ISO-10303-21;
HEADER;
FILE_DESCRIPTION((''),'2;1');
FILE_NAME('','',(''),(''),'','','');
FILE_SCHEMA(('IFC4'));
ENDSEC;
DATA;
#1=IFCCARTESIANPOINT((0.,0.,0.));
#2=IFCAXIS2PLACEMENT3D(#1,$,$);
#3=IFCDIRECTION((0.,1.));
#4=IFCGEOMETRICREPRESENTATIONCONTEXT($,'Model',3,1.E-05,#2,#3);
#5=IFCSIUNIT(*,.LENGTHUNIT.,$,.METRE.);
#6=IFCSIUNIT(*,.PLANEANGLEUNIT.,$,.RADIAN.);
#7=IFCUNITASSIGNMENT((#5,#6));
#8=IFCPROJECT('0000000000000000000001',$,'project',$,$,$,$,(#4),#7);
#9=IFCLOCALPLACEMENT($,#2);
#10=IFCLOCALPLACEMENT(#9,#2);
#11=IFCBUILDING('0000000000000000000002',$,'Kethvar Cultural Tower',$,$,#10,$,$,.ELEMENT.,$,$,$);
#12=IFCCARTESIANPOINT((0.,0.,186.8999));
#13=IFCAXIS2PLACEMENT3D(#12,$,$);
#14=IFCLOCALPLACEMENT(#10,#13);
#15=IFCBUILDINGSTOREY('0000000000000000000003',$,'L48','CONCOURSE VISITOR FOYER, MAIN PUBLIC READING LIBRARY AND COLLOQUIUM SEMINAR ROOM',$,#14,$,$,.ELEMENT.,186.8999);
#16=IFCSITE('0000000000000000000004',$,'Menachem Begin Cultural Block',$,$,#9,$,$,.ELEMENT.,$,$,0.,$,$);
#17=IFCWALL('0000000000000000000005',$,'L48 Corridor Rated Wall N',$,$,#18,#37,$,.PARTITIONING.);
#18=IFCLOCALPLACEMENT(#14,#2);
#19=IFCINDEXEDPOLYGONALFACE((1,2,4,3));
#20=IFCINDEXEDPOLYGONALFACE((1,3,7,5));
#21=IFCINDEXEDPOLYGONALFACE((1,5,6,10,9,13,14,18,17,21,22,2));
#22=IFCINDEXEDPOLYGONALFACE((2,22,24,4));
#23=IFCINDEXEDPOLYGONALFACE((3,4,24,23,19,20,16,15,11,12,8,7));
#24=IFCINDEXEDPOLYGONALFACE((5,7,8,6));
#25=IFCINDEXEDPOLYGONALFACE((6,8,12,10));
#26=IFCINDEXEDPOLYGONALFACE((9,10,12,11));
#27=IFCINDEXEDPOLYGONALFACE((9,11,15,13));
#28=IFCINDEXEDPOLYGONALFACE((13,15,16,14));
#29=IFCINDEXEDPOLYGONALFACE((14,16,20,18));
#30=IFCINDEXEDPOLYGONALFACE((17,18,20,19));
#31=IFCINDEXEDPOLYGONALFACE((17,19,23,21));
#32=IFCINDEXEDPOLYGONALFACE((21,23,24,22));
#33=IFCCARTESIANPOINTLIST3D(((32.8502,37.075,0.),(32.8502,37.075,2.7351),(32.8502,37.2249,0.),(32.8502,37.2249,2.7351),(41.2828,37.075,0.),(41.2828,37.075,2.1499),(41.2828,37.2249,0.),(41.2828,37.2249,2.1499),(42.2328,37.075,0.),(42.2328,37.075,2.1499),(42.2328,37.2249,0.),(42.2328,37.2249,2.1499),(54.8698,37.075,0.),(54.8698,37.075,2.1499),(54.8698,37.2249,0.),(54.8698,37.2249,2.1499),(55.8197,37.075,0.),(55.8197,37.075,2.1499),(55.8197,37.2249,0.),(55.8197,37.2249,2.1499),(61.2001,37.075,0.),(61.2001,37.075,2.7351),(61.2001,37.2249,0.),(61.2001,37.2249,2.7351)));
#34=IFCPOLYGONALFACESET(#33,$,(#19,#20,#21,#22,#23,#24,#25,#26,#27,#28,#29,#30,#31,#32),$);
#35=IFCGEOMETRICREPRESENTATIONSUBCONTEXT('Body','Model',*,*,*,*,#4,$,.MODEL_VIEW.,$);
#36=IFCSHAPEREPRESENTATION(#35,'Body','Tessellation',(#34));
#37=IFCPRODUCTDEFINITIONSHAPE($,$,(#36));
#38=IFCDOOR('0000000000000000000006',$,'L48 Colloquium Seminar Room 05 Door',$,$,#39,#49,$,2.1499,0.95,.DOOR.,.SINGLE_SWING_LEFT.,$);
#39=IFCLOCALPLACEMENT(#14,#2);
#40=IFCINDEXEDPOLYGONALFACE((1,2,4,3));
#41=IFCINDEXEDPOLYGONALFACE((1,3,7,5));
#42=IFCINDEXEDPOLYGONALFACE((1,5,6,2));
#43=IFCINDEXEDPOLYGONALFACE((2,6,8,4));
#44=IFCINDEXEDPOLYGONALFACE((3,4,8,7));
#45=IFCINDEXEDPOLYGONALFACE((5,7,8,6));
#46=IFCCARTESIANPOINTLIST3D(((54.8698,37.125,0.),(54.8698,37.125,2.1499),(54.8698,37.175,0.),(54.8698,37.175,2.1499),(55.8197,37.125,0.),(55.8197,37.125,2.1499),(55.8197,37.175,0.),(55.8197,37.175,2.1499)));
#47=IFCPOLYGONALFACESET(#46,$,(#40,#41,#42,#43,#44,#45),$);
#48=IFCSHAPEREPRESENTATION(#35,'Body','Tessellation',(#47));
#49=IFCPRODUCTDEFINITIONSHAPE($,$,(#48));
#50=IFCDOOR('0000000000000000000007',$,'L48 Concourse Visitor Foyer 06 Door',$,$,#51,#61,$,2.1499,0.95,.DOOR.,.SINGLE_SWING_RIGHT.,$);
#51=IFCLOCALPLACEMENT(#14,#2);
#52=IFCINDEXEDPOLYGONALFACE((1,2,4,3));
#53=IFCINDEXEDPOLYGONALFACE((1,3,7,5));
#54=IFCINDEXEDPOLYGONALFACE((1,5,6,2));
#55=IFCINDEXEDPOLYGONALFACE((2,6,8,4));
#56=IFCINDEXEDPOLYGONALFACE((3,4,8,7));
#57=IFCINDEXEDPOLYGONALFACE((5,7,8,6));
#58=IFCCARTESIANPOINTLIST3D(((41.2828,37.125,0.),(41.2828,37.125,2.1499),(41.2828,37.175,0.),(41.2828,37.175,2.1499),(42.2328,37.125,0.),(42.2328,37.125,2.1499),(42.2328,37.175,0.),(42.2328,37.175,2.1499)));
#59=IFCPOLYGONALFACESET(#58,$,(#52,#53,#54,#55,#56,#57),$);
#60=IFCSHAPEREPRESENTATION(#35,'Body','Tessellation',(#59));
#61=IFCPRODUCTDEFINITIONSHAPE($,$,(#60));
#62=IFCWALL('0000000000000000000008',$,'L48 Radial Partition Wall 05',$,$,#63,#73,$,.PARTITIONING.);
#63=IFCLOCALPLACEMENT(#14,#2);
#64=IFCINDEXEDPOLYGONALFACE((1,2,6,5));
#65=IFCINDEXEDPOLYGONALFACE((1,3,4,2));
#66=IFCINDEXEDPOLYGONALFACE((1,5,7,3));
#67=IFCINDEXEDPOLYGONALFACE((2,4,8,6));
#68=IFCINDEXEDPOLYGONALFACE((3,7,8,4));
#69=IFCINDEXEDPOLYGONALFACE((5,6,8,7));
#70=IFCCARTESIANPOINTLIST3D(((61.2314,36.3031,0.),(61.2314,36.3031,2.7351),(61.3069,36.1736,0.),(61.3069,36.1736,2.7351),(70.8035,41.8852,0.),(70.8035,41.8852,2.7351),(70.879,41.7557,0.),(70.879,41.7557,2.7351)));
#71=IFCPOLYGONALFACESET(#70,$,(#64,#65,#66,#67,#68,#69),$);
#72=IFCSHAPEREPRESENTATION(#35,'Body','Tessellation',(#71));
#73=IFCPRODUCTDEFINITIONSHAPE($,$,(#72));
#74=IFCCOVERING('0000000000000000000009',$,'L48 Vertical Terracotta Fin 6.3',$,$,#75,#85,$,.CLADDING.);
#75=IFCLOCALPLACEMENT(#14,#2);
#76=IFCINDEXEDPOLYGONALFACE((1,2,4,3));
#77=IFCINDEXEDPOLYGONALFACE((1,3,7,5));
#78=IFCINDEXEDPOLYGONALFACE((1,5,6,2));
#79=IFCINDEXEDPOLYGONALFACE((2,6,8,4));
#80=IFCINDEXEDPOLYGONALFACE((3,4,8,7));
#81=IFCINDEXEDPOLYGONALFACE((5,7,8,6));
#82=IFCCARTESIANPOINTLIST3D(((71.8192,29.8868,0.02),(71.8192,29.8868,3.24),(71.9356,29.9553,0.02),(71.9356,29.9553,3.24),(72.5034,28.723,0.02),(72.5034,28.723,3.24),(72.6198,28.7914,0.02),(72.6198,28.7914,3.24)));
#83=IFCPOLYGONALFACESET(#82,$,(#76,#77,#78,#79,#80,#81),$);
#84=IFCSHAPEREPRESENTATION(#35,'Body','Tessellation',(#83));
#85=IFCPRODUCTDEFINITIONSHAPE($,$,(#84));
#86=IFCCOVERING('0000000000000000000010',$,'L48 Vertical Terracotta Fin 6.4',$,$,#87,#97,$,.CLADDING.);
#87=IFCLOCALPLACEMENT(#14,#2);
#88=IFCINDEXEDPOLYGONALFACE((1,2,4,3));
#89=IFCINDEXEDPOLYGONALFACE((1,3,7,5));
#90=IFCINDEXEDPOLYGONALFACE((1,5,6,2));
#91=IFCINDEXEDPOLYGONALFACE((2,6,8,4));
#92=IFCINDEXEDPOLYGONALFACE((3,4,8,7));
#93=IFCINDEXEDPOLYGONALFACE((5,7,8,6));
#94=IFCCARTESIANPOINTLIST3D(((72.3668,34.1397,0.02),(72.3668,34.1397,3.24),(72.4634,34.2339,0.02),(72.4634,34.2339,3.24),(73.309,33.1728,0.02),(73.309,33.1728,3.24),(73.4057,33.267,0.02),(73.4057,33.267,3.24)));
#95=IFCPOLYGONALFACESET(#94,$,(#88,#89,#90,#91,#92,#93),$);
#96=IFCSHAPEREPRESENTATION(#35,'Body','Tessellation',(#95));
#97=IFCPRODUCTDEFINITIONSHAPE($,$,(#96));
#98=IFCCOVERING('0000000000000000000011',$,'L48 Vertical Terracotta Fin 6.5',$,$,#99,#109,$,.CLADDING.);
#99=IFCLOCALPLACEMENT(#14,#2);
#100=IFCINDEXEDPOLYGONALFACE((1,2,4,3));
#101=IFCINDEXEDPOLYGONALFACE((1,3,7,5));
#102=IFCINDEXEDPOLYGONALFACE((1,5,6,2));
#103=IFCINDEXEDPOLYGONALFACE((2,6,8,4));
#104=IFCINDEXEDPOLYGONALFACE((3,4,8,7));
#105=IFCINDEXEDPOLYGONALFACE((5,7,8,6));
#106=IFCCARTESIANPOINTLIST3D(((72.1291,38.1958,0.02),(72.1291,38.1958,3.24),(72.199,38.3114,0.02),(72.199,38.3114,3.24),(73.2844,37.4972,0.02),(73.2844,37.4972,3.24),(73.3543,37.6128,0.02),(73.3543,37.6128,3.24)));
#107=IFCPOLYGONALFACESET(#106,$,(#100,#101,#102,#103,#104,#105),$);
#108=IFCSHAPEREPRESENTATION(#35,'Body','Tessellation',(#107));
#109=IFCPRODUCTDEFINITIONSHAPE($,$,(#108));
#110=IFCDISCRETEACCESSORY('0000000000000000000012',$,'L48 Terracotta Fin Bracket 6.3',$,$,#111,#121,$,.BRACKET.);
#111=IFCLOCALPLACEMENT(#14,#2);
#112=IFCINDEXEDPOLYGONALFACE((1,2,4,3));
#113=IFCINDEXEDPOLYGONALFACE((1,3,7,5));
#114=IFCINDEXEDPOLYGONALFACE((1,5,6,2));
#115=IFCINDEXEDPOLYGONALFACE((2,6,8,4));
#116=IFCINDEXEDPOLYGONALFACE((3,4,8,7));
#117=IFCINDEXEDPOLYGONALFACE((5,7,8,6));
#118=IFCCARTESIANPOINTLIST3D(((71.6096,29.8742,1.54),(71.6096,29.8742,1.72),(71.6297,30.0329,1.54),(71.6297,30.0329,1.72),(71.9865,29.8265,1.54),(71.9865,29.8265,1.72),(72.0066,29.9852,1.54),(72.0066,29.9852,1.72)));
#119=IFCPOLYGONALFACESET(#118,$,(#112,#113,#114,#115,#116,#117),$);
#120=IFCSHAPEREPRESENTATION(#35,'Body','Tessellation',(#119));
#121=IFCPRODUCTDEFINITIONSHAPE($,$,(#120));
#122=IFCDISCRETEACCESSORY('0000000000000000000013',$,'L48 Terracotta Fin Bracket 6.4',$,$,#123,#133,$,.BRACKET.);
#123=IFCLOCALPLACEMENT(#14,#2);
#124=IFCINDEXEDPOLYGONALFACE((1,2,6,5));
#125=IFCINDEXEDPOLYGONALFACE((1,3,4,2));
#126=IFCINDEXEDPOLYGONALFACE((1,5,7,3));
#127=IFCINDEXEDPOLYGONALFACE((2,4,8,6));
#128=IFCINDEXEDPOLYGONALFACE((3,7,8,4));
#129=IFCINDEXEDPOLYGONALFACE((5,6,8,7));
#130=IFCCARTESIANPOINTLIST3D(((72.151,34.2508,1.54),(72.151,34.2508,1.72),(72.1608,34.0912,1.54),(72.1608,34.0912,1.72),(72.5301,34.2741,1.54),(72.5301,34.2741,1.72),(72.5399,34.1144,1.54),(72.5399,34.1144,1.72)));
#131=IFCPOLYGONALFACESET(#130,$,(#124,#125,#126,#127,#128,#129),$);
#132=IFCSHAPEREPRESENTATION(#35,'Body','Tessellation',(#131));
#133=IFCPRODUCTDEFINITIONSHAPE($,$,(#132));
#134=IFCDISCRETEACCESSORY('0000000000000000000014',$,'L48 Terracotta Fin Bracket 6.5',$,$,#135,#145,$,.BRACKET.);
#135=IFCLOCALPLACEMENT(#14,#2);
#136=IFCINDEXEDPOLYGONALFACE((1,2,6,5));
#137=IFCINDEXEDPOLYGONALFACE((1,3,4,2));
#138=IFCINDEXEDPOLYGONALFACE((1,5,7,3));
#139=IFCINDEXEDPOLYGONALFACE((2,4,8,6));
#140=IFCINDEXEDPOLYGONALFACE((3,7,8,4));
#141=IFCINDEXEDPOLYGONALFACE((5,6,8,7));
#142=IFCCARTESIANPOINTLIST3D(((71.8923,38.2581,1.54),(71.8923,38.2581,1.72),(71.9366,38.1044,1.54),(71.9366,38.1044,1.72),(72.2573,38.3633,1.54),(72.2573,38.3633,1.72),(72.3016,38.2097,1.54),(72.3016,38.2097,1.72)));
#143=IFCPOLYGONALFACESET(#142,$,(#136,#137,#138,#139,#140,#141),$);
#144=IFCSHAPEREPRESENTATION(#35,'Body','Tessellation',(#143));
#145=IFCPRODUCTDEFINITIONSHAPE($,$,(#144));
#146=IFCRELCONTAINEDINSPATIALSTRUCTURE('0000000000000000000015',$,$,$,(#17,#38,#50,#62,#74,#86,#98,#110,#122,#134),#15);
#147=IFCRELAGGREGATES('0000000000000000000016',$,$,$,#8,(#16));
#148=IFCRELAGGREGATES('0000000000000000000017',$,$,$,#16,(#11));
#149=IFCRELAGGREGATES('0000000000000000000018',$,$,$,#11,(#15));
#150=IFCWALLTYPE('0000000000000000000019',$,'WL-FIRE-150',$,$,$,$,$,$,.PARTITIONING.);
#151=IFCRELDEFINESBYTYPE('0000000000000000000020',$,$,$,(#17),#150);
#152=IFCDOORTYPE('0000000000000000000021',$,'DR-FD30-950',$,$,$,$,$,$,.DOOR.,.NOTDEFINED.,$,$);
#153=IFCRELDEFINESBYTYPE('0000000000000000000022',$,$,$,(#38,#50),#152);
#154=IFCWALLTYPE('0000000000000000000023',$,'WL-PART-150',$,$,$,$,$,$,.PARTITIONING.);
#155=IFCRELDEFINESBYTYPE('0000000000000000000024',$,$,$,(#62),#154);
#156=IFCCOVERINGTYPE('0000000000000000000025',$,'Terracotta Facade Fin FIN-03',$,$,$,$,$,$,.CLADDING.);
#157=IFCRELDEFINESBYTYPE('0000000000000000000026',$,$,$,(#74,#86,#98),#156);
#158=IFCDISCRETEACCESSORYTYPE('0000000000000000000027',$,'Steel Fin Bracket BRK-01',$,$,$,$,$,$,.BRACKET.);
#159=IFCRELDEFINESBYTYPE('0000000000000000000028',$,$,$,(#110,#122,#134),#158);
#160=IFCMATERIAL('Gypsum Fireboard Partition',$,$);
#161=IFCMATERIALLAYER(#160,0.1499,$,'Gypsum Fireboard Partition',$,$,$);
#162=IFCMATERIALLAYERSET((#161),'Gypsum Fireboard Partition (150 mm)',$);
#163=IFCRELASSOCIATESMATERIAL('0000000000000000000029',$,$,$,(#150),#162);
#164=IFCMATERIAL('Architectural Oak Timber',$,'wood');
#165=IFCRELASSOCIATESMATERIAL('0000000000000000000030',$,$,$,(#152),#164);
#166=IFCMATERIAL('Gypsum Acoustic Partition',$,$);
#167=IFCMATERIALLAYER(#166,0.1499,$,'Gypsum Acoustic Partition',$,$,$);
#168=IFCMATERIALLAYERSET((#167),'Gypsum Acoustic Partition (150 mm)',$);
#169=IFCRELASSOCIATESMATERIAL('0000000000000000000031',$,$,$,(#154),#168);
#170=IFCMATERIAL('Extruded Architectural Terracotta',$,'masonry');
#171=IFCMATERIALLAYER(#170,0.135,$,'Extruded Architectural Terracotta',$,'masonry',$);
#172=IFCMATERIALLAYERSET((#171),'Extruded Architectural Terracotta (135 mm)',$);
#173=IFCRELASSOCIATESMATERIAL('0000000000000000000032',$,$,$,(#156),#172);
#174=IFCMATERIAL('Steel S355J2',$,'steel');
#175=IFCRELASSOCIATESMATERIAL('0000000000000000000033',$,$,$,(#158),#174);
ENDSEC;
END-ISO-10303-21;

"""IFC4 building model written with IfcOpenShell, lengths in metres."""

from ifc_helpers import new_model, si_unit, direction, frame, frame_2d, origin, origin_2d, place, context, subcontext, project, spatial, rectangle, extrude, source, transform, mapped, material, layer, layer_set, type_object, element, fill, save


model = new_model("IFC4")

# Units and contexts
model_context = context("Model", 3, precision=1e-05, world=origin(), true_north=direction((0.0, 1.0)))
body_context = subcontext(model_context, "Body", "Model", "MODEL_VIEW")
ifc_project = project(units=[si_unit("LENGTHUNIT", "METRE"), si_unit("PLANEANGLEUNIT", "RADIAN")], contexts=[model_context])

# Site, building, storey
site_placement = place(None, origin())
site = spatial("IfcSite", under=ifc_project, at=site_placement, Name="Menachem Begin Cultural Block", CompositionType="ELEMENT", RefElevation=0.0)
building_placement = place(site_placement, origin())
building = spatial("IfcBuilding", under=site, at=building_placement, Name="Kethvar Cultural Tower", CompositionType="ELEMENT")
storey_placement = place(building_placement, frame((0.0, 0.0, 186.8999)))
storey = spatial("IfcBuildingStorey", under=building, at=storey_placement, Name="L48", Description="CONCOURSE VISITOR FOYER, MAIN PUBLIC READING LIBRARY AND COLLOQUIUM SEMINAR ROOM", CompositionType="ELEMENT", Elevation=186.8999)

# Shared definitions
ifc_material_1 = material(Name="Steel S355J2", Category="steel")

# Shared definitions
ifc_material_2 = material(Name="Gypsum Fireboard Partition")
ifc_layer_1 = layer(ifc_material_2, 0.1499, Name="Gypsum Fireboard Partition")
ifc_layer_set_1 = layer_set([ifc_layer_1], Name="Gypsum Fireboard Partition (150 mm)")
wall_type_1 = type_object("IfcWallType", Name="WL-FIRE-150", PredefinedType="PARTITIONING", material=ifc_layer_set_1)

# Wall, openings, doors
wall_1_placement = place(storey_placement, frame((61.2, 37.1499, 0.0), z_axis=(0.0, 0.0, 1.0), x_axis=(-1.0, 0.0, 0.0)))
wall_1 = element("IfcWall", 1, at=wall_1_placement, inside=storey, type_object=wall_type_1, Name="L48 Corridor Rated Wall N", PredefinedType="PARTITIONING", context=body_context, shape_type="SweptSolid", body=[
    extrude(rectangle(XDim=28.3499, YDim=0.1499, at=frame_2d((14.1748, 0.0))), origin(), (0.0, 0.0, 1.0), 2.7351),
])
opening_1_placement = place(wall_1_placement, frame((5.3801, 0.0, 0.0)))
opening_1 = element("IfcOpeningElement", 2, at=opening_1_placement, cuts=wall_1, PredefinedType="OPENING", context=body_context, shape_type="SweptSolid", body=[
    extrude(rectangle(XDim=0.95, YDim=2.1499, at=frame_2d((0.4751, 1.075))), frame((0.0, 0.085, 0.0), z_axis=(0.0, -1.0, 0.0), x_axis=(1.0, 0.0, 0.0)), (0.0, 0.0, 1.0), 0.1699),
])
opening_2_placement = place(wall_1_placement, frame((18.967, 0.0, 0.0)))
opening_2 = element("IfcOpeningElement", 3, at=opening_2_placement, cuts=wall_1, PredefinedType="OPENING", context=body_context, shape_type="SweptSolid", body=[
    extrude(rectangle(XDim=0.95, YDim=2.1499, at=frame_2d((0.4751, 1.075))), frame((0.0, 0.085, 0.0), z_axis=(0.0, -1.0, 0.0), x_axis=(1.0, 0.0, 0.0)), (0.0, 0.0, 1.0), 0.1699),
])
ifc_material_3 = material(Name="Architectural Oak Timber", Category="wood")
door_type = type_object("IfcDoorType", Name="DR-FD30-950", OperationType="NOTDEFINED", PredefinedType="DOOR", material=ifc_material_3)
shared_shape_1 = source(origin(), body_context, "Body", "SweptSolid", [
    extrude(rectangle(XDim=0.95, YDim=2.1499, at=frame_2d((0.4751, 1.075))), frame((0.0, 0.0249, 0.0), z_axis=(0.0, -1.0, 0.0), x_axis=(1.0, 0.0, 0.0)), (0.0, 0.0, 1.0), 0.05),
])
door_1_placement = place(opening_1_placement, origin())
door_1 = element("IfcDoor", 4, at=door_1_placement, inside=storey, type_object=door_type, Name="L48 Colloquium Seminar Room 05 Door", OperationType="SINGLE_SWING_LEFT", OverallHeight=2.1499, OverallWidth=0.95, PredefinedType="DOOR", context=body_context, shape_type="MappedRepresentation", body=[
    mapped(shared_shape_1, transform((0.0, 0.0, 0.0), scale=1.0)),
])
fill(opening_1, door_1)
door_2_placement = place(opening_2_placement, origin())
door_2 = element("IfcDoor", 5, at=door_2_placement, inside=storey, type_object=door_type, Name="L48 Concourse Visitor Foyer 06 Door", OperationType="SINGLE_SWING_RIGHT", OverallHeight=2.1499, OverallWidth=0.95, PredefinedType="DOOR", context=body_context, shape_type="MappedRepresentation", body=[
    mapped(shared_shape_1, transform((0.0, 0.0, 0.0), scale=1.0)),
])
fill(opening_2, door_2)

# Wall
ifc_material_4 = material(Name="Gypsum Acoustic Partition")
ifc_layer_2 = layer(ifc_material_4, 0.1499, Name="Gypsum Acoustic Partition")
ifc_layer_set_2 = layer_set([ifc_layer_2], Name="Gypsum Acoustic Partition (150 mm)")
wall_type_2 = type_object("IfcWallType", Name="WL-PART-150", PredefinedType="PARTITIONING", material=ifc_layer_set_2)
wall_2_placement = place(storey_placement, frame((61.269, 36.2383, 0.0), z_axis=(0.0, 0.0, 1.0), x_axis=(0.863844, 0.50376, 0.0)))
element("IfcWall", 6, at=wall_2_placement, inside=storey, type_object=wall_type_2, Name="L48 Radial Partition Wall 05", PredefinedType="PARTITIONING", context=body_context, shape_type="SweptSolid", body=[
    extrude(rectangle(XDim=11.0808, YDim=0.1499, at=frame_2d((5.5405, 0.0))), origin(), (0.0, 0.0, 1.0), 2.7351),
])

# Coverings
ifc_material_5 = material(Name="Extruded Architectural Terracotta", Category="masonry")
ifc_layer_3 = layer(ifc_material_5, 0.135, Name="Extruded Architectural Terracotta", Category="masonry")
ifc_layer_set_3 = layer_set([ifc_layer_3], Name="Extruded Architectural Terracotta (135 mm)")
covering_type = type_object("IfcCoveringType", Name="Terracotta Facade Fin FIN-03", PredefinedType="CLADDING", material=ifc_layer_set_3)
shared_shape_2 = source(origin(), body_context, "Body", "SweptSolid", [
    extrude(rectangle(XDim=1.3501, YDim=0.135, at=origin_2d()), origin(), (0.0, 0.0, 1.0), 3.22),
])
for number, where, z_axis, x_axis, name in (
    (7, (72.2195, 29.3391, 0.02), (0.0, 0.0, 1.0), (0.506786, -0.862072, 0.0), "L48 Vertical Terracotta Fin 6.3"),
    (8, (72.8862, 33.7034, 0.02), (0.0, 0.0, 1.0), (0.697915, -0.71618, 0.0), "L48 Vertical Terracotta Fin 6.4"),
    (9, (72.7417, 37.9043, 0.02), (0.0, 0.0, 1.0), (0.855726, -0.51743, 0.0), "L48 Vertical Terracotta Fin 6.5"),
):
    element("IfcCovering", number, at=place(storey_placement, frame(where, z_axis=z_axis, x_axis=x_axis)), inside=storey, type_object=covering_type, Name=name, PredefinedType="CLADDING", context=body_context, shape_type="MappedRepresentation", body=[
        mapped(shared_shape_2, transform((0.0, 0.0, 0.0), scale=1.0)),
    ])

# Discrete accessories
discrete_accessory_type = type_object("IfcDiscreteAccessoryType", Name="Steel Fin Bracket BRK-01", PredefinedType="BRACKET", material=ifc_material_1)
shared_shape_3 = source(origin(), body_context, "Body", "SweptSolid", [
    extrude(rectangle(XDim=0.3799, YDim=0.1599, at=origin_2d()), origin(), (0.0, 0.0, 1.0), 0.1799),
])
for number, where, z_axis, x_axis, name in (
    (10, (71.8081, 29.9297, 1.54), (0.0, 0.0, 1.0), (0.992093, -0.125506, 0.0), "L48 Terracotta Fin Bracket 6.3"),
    (11, (72.3455, 34.1826, 1.54), (0.0, 0.0, 1.0), (0.998124, 0.061223, 0.0), "L48 Terracotta Fin Bracket 6.4"),
    (12, (72.0969, 38.2339, 1.54), (0.0, 0.0, 1.0), (0.960876, 0.276979, 0.0), "L48 Terracotta Fin Bracket 6.5"),
):
    element("IfcDiscreteAccessory", number, at=place(storey_placement, frame(where, z_axis=z_axis, x_axis=x_axis)), inside=storey, type_object=discrete_accessory_type, Name=name, PredefinedType="BRACKET", context=body_context, shape_type="MappedRepresentation", body=[
        mapped(shared_shape_3, transform((0.0, 0.0, 0.0), scale=1.0)),
    ])

save(model, "model.ifc")
